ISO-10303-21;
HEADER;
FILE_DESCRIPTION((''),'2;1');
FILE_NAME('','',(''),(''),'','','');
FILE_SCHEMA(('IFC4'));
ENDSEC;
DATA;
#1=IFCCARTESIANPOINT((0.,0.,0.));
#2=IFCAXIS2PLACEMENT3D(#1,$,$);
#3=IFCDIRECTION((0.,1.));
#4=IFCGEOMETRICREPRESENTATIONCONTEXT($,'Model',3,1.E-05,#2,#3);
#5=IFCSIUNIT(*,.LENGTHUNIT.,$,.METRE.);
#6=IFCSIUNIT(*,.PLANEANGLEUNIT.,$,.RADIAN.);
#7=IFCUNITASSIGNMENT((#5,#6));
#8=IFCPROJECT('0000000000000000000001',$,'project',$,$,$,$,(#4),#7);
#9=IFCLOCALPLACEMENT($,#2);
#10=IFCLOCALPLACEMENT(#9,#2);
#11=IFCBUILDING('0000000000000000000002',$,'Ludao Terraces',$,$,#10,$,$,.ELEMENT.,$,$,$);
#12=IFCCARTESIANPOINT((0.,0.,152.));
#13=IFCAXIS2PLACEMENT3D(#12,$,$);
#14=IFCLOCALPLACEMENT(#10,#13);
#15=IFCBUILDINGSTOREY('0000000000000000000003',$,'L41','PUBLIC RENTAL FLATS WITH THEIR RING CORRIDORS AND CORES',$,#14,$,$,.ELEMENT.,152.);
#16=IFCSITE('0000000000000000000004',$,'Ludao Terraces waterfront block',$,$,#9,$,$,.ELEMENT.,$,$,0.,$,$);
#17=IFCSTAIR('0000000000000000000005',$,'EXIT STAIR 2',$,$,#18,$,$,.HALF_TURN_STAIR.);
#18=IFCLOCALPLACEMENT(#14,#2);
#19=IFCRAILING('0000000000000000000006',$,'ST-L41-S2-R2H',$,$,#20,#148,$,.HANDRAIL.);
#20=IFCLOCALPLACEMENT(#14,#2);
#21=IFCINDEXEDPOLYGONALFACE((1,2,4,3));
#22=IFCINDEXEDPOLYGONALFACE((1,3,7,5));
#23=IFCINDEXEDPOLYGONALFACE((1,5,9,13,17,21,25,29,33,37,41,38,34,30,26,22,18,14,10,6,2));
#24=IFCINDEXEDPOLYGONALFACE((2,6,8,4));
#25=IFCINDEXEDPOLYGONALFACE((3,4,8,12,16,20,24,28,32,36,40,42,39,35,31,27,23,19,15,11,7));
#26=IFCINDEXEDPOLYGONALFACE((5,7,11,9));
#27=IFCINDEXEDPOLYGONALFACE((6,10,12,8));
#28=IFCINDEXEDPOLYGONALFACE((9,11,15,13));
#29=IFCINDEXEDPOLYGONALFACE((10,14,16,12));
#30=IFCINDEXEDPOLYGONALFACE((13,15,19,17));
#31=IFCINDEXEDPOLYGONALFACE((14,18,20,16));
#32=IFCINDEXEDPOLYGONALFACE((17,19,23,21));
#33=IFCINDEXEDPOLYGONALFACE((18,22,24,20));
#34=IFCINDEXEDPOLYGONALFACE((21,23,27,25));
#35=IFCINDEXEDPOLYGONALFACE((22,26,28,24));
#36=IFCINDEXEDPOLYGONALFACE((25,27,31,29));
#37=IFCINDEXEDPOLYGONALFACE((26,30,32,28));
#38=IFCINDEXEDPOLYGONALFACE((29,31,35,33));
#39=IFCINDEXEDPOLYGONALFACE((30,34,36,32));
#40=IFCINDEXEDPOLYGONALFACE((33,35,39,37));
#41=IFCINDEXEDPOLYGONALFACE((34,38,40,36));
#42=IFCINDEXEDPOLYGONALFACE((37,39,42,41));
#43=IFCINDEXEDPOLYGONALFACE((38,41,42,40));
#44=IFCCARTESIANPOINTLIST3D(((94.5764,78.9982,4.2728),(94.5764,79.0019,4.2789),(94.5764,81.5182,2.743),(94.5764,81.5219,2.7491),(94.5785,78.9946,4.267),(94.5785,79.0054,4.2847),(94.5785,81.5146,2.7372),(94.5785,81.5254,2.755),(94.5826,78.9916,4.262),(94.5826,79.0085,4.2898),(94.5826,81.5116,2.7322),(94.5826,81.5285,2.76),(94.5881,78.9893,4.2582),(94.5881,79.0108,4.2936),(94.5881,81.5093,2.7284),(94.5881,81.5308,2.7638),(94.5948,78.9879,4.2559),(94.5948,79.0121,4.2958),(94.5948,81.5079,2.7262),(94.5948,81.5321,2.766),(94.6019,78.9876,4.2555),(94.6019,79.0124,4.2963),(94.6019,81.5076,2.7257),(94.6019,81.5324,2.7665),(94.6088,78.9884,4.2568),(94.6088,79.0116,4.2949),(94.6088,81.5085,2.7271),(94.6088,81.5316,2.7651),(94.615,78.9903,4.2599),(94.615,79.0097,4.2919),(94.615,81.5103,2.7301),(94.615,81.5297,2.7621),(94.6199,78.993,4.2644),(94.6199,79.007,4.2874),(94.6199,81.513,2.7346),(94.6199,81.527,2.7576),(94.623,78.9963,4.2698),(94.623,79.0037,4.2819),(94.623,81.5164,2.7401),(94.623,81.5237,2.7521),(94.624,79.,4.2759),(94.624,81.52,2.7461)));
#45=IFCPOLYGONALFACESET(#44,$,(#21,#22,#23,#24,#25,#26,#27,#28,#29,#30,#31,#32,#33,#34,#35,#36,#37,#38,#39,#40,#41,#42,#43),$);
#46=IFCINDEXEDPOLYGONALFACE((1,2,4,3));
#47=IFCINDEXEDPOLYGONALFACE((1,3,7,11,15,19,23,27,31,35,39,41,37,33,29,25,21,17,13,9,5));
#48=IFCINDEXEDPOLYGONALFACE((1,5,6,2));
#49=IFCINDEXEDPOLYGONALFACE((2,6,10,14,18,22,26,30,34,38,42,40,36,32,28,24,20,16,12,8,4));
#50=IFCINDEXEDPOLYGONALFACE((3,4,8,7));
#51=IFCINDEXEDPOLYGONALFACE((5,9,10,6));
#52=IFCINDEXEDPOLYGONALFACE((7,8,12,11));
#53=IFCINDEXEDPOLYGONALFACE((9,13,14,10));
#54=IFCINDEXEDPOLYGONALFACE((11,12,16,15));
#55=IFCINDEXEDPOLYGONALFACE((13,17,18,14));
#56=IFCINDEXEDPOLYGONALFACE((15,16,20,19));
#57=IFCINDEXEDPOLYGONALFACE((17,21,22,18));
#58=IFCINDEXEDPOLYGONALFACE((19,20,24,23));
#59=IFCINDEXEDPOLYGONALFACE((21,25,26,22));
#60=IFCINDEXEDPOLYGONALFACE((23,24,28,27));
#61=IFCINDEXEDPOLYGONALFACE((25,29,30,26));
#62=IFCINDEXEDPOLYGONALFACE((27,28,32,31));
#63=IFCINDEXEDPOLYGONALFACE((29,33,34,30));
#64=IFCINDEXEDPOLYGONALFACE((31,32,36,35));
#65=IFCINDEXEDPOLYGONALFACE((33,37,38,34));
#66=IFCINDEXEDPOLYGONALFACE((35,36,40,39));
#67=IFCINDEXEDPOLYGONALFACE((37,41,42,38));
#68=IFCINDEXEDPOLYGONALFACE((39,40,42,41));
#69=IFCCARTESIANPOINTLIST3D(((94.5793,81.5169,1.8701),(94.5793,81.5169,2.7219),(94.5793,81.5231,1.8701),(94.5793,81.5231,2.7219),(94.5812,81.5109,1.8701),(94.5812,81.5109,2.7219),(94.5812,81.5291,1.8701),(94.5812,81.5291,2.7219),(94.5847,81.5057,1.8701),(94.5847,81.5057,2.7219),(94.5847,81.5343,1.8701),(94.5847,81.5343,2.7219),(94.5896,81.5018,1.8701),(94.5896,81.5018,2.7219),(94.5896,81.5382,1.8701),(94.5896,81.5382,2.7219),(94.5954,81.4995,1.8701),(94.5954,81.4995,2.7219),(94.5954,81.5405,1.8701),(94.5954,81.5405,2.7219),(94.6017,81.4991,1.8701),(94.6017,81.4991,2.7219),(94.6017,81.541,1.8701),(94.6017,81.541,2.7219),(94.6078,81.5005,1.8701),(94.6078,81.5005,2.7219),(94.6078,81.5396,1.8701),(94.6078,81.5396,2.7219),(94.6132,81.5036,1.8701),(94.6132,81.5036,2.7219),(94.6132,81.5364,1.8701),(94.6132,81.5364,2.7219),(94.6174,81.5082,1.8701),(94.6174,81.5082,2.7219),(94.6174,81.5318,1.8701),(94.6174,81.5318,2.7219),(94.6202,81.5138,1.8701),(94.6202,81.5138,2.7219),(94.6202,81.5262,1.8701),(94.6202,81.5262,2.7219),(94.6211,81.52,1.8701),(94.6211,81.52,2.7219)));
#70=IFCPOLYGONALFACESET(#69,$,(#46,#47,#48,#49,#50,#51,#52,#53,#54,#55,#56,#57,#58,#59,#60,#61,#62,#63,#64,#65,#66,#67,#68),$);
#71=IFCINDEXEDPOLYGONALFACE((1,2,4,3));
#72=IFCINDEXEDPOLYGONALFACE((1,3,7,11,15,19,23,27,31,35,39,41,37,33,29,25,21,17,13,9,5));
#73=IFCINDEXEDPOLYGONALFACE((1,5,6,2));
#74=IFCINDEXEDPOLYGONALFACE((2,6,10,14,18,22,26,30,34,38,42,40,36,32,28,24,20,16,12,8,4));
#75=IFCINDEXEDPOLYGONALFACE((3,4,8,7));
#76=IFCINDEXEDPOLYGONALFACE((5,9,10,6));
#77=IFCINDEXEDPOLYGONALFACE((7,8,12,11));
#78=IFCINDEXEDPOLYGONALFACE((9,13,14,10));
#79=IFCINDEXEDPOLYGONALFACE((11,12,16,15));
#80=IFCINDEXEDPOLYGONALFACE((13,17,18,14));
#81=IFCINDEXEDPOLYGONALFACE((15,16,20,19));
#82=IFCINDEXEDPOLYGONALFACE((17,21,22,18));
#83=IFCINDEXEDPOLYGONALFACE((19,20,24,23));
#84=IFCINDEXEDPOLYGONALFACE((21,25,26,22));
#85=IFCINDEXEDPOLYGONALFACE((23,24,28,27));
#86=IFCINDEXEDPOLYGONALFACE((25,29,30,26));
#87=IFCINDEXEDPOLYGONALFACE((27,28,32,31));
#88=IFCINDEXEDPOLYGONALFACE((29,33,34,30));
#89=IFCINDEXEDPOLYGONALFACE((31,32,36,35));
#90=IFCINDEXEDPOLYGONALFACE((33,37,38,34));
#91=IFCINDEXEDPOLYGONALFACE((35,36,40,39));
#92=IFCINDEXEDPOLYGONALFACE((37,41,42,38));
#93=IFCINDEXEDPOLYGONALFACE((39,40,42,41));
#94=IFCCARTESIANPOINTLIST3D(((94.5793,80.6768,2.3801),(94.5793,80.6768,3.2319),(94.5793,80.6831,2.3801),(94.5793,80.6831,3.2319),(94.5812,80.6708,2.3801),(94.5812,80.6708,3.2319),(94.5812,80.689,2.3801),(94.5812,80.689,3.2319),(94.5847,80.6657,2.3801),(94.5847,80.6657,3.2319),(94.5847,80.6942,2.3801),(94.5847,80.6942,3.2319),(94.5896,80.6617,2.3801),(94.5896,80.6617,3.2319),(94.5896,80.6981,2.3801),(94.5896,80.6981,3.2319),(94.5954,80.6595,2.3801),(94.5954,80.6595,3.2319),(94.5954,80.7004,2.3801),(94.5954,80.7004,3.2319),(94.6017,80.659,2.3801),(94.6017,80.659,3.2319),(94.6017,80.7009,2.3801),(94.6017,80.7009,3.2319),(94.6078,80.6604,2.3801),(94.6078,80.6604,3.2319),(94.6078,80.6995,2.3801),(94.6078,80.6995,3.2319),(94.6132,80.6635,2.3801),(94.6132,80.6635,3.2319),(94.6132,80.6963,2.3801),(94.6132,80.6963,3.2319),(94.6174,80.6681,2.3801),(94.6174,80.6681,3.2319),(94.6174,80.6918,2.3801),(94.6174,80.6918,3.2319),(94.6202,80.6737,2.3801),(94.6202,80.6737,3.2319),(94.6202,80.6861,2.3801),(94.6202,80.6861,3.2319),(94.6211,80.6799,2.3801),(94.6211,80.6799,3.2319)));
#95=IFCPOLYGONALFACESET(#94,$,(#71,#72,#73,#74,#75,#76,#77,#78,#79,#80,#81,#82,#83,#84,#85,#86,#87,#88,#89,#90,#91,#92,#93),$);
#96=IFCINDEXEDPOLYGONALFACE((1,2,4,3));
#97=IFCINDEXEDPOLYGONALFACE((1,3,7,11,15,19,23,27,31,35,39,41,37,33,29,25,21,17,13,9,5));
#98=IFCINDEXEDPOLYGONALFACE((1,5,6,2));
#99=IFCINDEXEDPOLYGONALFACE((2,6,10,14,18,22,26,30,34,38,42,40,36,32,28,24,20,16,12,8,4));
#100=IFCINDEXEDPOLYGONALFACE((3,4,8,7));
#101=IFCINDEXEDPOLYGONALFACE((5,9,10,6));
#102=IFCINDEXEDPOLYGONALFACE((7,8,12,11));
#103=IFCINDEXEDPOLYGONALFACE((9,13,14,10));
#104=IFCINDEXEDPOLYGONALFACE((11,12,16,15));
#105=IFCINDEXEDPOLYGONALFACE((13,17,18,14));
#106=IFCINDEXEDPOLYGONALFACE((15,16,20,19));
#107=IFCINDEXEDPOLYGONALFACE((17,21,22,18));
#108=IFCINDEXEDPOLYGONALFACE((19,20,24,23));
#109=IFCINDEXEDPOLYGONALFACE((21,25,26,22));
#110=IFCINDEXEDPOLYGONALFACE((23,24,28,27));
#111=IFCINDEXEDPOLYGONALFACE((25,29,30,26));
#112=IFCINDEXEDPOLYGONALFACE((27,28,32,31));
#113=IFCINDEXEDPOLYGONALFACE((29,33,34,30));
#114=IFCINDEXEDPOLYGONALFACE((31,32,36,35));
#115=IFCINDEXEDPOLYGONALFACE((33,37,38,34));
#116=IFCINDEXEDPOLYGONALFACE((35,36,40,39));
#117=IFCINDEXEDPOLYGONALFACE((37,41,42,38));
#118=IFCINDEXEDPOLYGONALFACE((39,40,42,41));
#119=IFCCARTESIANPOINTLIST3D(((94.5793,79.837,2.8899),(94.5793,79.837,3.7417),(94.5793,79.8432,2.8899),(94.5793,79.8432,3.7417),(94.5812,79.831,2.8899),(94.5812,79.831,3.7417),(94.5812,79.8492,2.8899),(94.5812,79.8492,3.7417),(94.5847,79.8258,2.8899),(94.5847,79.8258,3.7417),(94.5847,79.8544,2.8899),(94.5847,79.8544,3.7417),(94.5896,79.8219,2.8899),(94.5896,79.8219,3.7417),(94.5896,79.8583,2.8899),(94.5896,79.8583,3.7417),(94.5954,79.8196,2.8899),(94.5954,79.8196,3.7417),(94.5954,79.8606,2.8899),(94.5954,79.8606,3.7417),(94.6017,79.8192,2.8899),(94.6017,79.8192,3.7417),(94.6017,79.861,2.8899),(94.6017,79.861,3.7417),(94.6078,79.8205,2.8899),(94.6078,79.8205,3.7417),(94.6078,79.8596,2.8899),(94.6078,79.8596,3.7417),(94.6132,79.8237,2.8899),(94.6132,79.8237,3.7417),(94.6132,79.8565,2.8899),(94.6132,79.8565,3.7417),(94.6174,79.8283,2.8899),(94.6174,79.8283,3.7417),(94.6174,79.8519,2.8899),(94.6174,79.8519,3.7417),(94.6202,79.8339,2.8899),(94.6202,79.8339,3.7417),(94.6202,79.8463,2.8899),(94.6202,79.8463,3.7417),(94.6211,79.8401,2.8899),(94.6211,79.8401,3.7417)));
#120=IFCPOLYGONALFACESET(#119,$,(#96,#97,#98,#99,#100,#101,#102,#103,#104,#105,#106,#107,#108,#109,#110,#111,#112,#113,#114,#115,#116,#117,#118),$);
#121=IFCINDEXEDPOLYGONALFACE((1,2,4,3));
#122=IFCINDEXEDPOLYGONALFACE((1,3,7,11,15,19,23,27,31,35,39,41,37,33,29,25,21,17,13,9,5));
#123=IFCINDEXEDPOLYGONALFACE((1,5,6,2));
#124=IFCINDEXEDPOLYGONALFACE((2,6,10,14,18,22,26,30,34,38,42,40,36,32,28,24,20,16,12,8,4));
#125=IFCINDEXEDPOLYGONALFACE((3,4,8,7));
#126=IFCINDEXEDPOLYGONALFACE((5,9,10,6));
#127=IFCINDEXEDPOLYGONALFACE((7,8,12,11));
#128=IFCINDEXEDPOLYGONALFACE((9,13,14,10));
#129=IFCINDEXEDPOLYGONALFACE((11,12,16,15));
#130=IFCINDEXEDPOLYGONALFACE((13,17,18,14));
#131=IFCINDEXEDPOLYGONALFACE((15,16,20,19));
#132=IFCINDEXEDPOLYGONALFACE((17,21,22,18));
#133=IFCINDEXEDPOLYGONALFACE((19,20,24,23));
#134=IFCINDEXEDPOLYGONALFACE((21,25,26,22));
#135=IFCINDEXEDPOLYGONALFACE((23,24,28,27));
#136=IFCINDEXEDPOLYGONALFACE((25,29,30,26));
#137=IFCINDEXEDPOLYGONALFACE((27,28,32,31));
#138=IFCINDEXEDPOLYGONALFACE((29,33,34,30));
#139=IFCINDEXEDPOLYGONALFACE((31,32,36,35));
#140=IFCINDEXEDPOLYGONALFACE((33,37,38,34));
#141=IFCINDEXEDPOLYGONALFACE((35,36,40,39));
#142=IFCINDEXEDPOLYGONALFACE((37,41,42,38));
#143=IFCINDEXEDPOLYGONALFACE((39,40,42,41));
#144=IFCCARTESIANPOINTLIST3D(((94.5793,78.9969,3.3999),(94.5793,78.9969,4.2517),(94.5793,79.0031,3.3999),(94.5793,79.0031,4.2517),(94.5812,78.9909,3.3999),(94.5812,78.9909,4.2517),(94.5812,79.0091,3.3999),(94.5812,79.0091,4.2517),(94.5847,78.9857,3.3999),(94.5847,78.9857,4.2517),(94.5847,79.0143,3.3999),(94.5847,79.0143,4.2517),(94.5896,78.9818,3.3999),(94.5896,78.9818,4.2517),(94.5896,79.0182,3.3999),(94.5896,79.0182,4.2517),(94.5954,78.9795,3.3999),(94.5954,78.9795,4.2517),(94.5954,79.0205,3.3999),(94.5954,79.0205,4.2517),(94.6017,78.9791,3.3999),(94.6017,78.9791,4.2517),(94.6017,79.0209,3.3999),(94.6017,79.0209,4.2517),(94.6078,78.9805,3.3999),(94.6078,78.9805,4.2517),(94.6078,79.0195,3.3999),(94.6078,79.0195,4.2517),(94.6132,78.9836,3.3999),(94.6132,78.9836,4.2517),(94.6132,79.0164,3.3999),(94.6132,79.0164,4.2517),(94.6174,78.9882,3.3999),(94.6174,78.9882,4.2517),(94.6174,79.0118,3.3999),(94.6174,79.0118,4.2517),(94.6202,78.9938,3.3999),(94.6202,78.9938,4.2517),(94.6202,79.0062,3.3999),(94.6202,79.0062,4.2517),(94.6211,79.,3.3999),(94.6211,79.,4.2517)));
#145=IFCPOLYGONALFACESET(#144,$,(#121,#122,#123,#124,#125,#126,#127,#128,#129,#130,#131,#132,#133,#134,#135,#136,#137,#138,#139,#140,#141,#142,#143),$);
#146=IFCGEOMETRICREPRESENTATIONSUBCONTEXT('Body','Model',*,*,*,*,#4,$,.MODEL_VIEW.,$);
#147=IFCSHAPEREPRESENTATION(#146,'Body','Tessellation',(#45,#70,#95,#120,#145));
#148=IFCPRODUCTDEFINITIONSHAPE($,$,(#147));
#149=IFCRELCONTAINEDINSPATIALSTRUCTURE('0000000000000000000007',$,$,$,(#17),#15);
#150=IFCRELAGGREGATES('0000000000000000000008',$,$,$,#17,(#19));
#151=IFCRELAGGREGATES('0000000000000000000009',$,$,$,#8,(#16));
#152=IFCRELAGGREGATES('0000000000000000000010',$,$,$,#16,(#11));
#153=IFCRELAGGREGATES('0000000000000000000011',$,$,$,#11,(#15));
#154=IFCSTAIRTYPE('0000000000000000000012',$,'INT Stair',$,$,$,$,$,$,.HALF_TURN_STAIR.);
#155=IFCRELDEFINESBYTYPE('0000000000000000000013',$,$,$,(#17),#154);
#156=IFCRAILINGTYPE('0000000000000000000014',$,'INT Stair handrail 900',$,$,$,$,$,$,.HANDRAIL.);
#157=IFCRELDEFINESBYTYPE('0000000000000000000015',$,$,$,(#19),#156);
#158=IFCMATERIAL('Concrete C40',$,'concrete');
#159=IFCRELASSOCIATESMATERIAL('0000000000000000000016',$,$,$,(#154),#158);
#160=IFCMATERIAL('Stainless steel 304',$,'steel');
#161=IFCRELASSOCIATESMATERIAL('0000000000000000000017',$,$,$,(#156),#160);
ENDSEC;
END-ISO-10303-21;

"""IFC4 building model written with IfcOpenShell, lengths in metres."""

from ifc_helpers import new_model, si_unit, direction, frame, origin, origin_2d, place, context, subcontext, project, spatial, circle, extrude, material, type_object, element, aggregate, save


model = new_model("IFC4")

# Units and contexts
model_context = context("Model", 3, precision=1e-05, world=origin(), true_north=direction((0.0, 1.0)))
body_context = subcontext(model_context, "Body", "Model", "MODEL_VIEW")
ifc_project = project(units=[si_unit("LENGTHUNIT", "METRE"), si_unit("PLANEANGLEUNIT", "RADIAN")], contexts=[model_context])

# Site, building, storey
site_placement = place(None, origin())
site = spatial("IfcSite", under=ifc_project, at=site_placement, Name="Ludao Terraces waterfront block", CompositionType="ELEMENT", RefElevation=0.0)
building_placement = place(site_placement, origin())
building = spatial("IfcBuilding", under=site, at=building_placement, Name="Ludao Terraces", CompositionType="ELEMENT")
storey_placement = place(building_placement, frame((0.0, 0.0, 152.0)))
storey = spatial("IfcBuildingStorey", under=building, at=storey_placement, Name="L41", Description="PUBLIC RENTAL FLATS WITH THEIR RING CORRIDORS AND CORES", CompositionType="ELEMENT", Elevation=152.0)

# Shared definitions
ifc_material_1 = material(Name="Stainless steel 304", Category="steel")

# Stair, railing
ifc_material_2 = material(Name="Concrete C40", Category="concrete")
stair_type = type_object("IfcStairType", Name="INT Stair", PredefinedType="HALF_TURN_STAIR", material=ifc_material_2)
stair_placement = place(storey_placement, origin())
stair = element("IfcStair", 1, at=stair_placement, inside=storey, type_object=stair_type, Name="EXIT STAIR 2", PredefinedType="HALF_TURN_STAIR")
railing_type_1 = type_object("IfcRailingType", Name="INT Stair handrail 900", PredefinedType="HANDRAIL", material=ifc_material_1)
railing_1_placement = place(storey_placement, frame((94.6001, 81.52, 1.8701)))
railing_1 = element("IfcRailing", 2, at=railing_1_placement, type_object=railing_type_1, Name="ST-L41-S2-R2H", PredefinedType="HANDRAIL", context=body_context, shape_type="SweptSolid", body=[
    extrude(circle(Radius=0.0239, at=origin_2d()), frame((0.0, 0.0, 0.876), z_axis=(0.0, -0.854822, 0.518922), x_axis=(1.0, 0.0, 0.0)), (0.0, 0.0, 1.0), 2.948),
    extrude(circle(Radius=0.021, at=origin_2d()), origin(), (0.0, 0.0, 1.0), 0.8518),
    extrude(circle(Radius=0.021, at=origin_2d()), frame((0.0, -0.8401, 0.51)), (0.0, 0.0, 1.0), 0.8518),
    extrude(circle(Radius=0.021, at=origin_2d()), frame((0.0, -1.6799, 1.0198)), (0.0, 0.0, 1.0), 0.8518),
    extrude(circle(Radius=0.021, at=origin_2d()), frame((0.0, -2.52, 1.5298)), (0.0, 0.0, 1.0), 0.8518),
])
aggregate(stair, [railing_1])

save(model, "model.ifc")
